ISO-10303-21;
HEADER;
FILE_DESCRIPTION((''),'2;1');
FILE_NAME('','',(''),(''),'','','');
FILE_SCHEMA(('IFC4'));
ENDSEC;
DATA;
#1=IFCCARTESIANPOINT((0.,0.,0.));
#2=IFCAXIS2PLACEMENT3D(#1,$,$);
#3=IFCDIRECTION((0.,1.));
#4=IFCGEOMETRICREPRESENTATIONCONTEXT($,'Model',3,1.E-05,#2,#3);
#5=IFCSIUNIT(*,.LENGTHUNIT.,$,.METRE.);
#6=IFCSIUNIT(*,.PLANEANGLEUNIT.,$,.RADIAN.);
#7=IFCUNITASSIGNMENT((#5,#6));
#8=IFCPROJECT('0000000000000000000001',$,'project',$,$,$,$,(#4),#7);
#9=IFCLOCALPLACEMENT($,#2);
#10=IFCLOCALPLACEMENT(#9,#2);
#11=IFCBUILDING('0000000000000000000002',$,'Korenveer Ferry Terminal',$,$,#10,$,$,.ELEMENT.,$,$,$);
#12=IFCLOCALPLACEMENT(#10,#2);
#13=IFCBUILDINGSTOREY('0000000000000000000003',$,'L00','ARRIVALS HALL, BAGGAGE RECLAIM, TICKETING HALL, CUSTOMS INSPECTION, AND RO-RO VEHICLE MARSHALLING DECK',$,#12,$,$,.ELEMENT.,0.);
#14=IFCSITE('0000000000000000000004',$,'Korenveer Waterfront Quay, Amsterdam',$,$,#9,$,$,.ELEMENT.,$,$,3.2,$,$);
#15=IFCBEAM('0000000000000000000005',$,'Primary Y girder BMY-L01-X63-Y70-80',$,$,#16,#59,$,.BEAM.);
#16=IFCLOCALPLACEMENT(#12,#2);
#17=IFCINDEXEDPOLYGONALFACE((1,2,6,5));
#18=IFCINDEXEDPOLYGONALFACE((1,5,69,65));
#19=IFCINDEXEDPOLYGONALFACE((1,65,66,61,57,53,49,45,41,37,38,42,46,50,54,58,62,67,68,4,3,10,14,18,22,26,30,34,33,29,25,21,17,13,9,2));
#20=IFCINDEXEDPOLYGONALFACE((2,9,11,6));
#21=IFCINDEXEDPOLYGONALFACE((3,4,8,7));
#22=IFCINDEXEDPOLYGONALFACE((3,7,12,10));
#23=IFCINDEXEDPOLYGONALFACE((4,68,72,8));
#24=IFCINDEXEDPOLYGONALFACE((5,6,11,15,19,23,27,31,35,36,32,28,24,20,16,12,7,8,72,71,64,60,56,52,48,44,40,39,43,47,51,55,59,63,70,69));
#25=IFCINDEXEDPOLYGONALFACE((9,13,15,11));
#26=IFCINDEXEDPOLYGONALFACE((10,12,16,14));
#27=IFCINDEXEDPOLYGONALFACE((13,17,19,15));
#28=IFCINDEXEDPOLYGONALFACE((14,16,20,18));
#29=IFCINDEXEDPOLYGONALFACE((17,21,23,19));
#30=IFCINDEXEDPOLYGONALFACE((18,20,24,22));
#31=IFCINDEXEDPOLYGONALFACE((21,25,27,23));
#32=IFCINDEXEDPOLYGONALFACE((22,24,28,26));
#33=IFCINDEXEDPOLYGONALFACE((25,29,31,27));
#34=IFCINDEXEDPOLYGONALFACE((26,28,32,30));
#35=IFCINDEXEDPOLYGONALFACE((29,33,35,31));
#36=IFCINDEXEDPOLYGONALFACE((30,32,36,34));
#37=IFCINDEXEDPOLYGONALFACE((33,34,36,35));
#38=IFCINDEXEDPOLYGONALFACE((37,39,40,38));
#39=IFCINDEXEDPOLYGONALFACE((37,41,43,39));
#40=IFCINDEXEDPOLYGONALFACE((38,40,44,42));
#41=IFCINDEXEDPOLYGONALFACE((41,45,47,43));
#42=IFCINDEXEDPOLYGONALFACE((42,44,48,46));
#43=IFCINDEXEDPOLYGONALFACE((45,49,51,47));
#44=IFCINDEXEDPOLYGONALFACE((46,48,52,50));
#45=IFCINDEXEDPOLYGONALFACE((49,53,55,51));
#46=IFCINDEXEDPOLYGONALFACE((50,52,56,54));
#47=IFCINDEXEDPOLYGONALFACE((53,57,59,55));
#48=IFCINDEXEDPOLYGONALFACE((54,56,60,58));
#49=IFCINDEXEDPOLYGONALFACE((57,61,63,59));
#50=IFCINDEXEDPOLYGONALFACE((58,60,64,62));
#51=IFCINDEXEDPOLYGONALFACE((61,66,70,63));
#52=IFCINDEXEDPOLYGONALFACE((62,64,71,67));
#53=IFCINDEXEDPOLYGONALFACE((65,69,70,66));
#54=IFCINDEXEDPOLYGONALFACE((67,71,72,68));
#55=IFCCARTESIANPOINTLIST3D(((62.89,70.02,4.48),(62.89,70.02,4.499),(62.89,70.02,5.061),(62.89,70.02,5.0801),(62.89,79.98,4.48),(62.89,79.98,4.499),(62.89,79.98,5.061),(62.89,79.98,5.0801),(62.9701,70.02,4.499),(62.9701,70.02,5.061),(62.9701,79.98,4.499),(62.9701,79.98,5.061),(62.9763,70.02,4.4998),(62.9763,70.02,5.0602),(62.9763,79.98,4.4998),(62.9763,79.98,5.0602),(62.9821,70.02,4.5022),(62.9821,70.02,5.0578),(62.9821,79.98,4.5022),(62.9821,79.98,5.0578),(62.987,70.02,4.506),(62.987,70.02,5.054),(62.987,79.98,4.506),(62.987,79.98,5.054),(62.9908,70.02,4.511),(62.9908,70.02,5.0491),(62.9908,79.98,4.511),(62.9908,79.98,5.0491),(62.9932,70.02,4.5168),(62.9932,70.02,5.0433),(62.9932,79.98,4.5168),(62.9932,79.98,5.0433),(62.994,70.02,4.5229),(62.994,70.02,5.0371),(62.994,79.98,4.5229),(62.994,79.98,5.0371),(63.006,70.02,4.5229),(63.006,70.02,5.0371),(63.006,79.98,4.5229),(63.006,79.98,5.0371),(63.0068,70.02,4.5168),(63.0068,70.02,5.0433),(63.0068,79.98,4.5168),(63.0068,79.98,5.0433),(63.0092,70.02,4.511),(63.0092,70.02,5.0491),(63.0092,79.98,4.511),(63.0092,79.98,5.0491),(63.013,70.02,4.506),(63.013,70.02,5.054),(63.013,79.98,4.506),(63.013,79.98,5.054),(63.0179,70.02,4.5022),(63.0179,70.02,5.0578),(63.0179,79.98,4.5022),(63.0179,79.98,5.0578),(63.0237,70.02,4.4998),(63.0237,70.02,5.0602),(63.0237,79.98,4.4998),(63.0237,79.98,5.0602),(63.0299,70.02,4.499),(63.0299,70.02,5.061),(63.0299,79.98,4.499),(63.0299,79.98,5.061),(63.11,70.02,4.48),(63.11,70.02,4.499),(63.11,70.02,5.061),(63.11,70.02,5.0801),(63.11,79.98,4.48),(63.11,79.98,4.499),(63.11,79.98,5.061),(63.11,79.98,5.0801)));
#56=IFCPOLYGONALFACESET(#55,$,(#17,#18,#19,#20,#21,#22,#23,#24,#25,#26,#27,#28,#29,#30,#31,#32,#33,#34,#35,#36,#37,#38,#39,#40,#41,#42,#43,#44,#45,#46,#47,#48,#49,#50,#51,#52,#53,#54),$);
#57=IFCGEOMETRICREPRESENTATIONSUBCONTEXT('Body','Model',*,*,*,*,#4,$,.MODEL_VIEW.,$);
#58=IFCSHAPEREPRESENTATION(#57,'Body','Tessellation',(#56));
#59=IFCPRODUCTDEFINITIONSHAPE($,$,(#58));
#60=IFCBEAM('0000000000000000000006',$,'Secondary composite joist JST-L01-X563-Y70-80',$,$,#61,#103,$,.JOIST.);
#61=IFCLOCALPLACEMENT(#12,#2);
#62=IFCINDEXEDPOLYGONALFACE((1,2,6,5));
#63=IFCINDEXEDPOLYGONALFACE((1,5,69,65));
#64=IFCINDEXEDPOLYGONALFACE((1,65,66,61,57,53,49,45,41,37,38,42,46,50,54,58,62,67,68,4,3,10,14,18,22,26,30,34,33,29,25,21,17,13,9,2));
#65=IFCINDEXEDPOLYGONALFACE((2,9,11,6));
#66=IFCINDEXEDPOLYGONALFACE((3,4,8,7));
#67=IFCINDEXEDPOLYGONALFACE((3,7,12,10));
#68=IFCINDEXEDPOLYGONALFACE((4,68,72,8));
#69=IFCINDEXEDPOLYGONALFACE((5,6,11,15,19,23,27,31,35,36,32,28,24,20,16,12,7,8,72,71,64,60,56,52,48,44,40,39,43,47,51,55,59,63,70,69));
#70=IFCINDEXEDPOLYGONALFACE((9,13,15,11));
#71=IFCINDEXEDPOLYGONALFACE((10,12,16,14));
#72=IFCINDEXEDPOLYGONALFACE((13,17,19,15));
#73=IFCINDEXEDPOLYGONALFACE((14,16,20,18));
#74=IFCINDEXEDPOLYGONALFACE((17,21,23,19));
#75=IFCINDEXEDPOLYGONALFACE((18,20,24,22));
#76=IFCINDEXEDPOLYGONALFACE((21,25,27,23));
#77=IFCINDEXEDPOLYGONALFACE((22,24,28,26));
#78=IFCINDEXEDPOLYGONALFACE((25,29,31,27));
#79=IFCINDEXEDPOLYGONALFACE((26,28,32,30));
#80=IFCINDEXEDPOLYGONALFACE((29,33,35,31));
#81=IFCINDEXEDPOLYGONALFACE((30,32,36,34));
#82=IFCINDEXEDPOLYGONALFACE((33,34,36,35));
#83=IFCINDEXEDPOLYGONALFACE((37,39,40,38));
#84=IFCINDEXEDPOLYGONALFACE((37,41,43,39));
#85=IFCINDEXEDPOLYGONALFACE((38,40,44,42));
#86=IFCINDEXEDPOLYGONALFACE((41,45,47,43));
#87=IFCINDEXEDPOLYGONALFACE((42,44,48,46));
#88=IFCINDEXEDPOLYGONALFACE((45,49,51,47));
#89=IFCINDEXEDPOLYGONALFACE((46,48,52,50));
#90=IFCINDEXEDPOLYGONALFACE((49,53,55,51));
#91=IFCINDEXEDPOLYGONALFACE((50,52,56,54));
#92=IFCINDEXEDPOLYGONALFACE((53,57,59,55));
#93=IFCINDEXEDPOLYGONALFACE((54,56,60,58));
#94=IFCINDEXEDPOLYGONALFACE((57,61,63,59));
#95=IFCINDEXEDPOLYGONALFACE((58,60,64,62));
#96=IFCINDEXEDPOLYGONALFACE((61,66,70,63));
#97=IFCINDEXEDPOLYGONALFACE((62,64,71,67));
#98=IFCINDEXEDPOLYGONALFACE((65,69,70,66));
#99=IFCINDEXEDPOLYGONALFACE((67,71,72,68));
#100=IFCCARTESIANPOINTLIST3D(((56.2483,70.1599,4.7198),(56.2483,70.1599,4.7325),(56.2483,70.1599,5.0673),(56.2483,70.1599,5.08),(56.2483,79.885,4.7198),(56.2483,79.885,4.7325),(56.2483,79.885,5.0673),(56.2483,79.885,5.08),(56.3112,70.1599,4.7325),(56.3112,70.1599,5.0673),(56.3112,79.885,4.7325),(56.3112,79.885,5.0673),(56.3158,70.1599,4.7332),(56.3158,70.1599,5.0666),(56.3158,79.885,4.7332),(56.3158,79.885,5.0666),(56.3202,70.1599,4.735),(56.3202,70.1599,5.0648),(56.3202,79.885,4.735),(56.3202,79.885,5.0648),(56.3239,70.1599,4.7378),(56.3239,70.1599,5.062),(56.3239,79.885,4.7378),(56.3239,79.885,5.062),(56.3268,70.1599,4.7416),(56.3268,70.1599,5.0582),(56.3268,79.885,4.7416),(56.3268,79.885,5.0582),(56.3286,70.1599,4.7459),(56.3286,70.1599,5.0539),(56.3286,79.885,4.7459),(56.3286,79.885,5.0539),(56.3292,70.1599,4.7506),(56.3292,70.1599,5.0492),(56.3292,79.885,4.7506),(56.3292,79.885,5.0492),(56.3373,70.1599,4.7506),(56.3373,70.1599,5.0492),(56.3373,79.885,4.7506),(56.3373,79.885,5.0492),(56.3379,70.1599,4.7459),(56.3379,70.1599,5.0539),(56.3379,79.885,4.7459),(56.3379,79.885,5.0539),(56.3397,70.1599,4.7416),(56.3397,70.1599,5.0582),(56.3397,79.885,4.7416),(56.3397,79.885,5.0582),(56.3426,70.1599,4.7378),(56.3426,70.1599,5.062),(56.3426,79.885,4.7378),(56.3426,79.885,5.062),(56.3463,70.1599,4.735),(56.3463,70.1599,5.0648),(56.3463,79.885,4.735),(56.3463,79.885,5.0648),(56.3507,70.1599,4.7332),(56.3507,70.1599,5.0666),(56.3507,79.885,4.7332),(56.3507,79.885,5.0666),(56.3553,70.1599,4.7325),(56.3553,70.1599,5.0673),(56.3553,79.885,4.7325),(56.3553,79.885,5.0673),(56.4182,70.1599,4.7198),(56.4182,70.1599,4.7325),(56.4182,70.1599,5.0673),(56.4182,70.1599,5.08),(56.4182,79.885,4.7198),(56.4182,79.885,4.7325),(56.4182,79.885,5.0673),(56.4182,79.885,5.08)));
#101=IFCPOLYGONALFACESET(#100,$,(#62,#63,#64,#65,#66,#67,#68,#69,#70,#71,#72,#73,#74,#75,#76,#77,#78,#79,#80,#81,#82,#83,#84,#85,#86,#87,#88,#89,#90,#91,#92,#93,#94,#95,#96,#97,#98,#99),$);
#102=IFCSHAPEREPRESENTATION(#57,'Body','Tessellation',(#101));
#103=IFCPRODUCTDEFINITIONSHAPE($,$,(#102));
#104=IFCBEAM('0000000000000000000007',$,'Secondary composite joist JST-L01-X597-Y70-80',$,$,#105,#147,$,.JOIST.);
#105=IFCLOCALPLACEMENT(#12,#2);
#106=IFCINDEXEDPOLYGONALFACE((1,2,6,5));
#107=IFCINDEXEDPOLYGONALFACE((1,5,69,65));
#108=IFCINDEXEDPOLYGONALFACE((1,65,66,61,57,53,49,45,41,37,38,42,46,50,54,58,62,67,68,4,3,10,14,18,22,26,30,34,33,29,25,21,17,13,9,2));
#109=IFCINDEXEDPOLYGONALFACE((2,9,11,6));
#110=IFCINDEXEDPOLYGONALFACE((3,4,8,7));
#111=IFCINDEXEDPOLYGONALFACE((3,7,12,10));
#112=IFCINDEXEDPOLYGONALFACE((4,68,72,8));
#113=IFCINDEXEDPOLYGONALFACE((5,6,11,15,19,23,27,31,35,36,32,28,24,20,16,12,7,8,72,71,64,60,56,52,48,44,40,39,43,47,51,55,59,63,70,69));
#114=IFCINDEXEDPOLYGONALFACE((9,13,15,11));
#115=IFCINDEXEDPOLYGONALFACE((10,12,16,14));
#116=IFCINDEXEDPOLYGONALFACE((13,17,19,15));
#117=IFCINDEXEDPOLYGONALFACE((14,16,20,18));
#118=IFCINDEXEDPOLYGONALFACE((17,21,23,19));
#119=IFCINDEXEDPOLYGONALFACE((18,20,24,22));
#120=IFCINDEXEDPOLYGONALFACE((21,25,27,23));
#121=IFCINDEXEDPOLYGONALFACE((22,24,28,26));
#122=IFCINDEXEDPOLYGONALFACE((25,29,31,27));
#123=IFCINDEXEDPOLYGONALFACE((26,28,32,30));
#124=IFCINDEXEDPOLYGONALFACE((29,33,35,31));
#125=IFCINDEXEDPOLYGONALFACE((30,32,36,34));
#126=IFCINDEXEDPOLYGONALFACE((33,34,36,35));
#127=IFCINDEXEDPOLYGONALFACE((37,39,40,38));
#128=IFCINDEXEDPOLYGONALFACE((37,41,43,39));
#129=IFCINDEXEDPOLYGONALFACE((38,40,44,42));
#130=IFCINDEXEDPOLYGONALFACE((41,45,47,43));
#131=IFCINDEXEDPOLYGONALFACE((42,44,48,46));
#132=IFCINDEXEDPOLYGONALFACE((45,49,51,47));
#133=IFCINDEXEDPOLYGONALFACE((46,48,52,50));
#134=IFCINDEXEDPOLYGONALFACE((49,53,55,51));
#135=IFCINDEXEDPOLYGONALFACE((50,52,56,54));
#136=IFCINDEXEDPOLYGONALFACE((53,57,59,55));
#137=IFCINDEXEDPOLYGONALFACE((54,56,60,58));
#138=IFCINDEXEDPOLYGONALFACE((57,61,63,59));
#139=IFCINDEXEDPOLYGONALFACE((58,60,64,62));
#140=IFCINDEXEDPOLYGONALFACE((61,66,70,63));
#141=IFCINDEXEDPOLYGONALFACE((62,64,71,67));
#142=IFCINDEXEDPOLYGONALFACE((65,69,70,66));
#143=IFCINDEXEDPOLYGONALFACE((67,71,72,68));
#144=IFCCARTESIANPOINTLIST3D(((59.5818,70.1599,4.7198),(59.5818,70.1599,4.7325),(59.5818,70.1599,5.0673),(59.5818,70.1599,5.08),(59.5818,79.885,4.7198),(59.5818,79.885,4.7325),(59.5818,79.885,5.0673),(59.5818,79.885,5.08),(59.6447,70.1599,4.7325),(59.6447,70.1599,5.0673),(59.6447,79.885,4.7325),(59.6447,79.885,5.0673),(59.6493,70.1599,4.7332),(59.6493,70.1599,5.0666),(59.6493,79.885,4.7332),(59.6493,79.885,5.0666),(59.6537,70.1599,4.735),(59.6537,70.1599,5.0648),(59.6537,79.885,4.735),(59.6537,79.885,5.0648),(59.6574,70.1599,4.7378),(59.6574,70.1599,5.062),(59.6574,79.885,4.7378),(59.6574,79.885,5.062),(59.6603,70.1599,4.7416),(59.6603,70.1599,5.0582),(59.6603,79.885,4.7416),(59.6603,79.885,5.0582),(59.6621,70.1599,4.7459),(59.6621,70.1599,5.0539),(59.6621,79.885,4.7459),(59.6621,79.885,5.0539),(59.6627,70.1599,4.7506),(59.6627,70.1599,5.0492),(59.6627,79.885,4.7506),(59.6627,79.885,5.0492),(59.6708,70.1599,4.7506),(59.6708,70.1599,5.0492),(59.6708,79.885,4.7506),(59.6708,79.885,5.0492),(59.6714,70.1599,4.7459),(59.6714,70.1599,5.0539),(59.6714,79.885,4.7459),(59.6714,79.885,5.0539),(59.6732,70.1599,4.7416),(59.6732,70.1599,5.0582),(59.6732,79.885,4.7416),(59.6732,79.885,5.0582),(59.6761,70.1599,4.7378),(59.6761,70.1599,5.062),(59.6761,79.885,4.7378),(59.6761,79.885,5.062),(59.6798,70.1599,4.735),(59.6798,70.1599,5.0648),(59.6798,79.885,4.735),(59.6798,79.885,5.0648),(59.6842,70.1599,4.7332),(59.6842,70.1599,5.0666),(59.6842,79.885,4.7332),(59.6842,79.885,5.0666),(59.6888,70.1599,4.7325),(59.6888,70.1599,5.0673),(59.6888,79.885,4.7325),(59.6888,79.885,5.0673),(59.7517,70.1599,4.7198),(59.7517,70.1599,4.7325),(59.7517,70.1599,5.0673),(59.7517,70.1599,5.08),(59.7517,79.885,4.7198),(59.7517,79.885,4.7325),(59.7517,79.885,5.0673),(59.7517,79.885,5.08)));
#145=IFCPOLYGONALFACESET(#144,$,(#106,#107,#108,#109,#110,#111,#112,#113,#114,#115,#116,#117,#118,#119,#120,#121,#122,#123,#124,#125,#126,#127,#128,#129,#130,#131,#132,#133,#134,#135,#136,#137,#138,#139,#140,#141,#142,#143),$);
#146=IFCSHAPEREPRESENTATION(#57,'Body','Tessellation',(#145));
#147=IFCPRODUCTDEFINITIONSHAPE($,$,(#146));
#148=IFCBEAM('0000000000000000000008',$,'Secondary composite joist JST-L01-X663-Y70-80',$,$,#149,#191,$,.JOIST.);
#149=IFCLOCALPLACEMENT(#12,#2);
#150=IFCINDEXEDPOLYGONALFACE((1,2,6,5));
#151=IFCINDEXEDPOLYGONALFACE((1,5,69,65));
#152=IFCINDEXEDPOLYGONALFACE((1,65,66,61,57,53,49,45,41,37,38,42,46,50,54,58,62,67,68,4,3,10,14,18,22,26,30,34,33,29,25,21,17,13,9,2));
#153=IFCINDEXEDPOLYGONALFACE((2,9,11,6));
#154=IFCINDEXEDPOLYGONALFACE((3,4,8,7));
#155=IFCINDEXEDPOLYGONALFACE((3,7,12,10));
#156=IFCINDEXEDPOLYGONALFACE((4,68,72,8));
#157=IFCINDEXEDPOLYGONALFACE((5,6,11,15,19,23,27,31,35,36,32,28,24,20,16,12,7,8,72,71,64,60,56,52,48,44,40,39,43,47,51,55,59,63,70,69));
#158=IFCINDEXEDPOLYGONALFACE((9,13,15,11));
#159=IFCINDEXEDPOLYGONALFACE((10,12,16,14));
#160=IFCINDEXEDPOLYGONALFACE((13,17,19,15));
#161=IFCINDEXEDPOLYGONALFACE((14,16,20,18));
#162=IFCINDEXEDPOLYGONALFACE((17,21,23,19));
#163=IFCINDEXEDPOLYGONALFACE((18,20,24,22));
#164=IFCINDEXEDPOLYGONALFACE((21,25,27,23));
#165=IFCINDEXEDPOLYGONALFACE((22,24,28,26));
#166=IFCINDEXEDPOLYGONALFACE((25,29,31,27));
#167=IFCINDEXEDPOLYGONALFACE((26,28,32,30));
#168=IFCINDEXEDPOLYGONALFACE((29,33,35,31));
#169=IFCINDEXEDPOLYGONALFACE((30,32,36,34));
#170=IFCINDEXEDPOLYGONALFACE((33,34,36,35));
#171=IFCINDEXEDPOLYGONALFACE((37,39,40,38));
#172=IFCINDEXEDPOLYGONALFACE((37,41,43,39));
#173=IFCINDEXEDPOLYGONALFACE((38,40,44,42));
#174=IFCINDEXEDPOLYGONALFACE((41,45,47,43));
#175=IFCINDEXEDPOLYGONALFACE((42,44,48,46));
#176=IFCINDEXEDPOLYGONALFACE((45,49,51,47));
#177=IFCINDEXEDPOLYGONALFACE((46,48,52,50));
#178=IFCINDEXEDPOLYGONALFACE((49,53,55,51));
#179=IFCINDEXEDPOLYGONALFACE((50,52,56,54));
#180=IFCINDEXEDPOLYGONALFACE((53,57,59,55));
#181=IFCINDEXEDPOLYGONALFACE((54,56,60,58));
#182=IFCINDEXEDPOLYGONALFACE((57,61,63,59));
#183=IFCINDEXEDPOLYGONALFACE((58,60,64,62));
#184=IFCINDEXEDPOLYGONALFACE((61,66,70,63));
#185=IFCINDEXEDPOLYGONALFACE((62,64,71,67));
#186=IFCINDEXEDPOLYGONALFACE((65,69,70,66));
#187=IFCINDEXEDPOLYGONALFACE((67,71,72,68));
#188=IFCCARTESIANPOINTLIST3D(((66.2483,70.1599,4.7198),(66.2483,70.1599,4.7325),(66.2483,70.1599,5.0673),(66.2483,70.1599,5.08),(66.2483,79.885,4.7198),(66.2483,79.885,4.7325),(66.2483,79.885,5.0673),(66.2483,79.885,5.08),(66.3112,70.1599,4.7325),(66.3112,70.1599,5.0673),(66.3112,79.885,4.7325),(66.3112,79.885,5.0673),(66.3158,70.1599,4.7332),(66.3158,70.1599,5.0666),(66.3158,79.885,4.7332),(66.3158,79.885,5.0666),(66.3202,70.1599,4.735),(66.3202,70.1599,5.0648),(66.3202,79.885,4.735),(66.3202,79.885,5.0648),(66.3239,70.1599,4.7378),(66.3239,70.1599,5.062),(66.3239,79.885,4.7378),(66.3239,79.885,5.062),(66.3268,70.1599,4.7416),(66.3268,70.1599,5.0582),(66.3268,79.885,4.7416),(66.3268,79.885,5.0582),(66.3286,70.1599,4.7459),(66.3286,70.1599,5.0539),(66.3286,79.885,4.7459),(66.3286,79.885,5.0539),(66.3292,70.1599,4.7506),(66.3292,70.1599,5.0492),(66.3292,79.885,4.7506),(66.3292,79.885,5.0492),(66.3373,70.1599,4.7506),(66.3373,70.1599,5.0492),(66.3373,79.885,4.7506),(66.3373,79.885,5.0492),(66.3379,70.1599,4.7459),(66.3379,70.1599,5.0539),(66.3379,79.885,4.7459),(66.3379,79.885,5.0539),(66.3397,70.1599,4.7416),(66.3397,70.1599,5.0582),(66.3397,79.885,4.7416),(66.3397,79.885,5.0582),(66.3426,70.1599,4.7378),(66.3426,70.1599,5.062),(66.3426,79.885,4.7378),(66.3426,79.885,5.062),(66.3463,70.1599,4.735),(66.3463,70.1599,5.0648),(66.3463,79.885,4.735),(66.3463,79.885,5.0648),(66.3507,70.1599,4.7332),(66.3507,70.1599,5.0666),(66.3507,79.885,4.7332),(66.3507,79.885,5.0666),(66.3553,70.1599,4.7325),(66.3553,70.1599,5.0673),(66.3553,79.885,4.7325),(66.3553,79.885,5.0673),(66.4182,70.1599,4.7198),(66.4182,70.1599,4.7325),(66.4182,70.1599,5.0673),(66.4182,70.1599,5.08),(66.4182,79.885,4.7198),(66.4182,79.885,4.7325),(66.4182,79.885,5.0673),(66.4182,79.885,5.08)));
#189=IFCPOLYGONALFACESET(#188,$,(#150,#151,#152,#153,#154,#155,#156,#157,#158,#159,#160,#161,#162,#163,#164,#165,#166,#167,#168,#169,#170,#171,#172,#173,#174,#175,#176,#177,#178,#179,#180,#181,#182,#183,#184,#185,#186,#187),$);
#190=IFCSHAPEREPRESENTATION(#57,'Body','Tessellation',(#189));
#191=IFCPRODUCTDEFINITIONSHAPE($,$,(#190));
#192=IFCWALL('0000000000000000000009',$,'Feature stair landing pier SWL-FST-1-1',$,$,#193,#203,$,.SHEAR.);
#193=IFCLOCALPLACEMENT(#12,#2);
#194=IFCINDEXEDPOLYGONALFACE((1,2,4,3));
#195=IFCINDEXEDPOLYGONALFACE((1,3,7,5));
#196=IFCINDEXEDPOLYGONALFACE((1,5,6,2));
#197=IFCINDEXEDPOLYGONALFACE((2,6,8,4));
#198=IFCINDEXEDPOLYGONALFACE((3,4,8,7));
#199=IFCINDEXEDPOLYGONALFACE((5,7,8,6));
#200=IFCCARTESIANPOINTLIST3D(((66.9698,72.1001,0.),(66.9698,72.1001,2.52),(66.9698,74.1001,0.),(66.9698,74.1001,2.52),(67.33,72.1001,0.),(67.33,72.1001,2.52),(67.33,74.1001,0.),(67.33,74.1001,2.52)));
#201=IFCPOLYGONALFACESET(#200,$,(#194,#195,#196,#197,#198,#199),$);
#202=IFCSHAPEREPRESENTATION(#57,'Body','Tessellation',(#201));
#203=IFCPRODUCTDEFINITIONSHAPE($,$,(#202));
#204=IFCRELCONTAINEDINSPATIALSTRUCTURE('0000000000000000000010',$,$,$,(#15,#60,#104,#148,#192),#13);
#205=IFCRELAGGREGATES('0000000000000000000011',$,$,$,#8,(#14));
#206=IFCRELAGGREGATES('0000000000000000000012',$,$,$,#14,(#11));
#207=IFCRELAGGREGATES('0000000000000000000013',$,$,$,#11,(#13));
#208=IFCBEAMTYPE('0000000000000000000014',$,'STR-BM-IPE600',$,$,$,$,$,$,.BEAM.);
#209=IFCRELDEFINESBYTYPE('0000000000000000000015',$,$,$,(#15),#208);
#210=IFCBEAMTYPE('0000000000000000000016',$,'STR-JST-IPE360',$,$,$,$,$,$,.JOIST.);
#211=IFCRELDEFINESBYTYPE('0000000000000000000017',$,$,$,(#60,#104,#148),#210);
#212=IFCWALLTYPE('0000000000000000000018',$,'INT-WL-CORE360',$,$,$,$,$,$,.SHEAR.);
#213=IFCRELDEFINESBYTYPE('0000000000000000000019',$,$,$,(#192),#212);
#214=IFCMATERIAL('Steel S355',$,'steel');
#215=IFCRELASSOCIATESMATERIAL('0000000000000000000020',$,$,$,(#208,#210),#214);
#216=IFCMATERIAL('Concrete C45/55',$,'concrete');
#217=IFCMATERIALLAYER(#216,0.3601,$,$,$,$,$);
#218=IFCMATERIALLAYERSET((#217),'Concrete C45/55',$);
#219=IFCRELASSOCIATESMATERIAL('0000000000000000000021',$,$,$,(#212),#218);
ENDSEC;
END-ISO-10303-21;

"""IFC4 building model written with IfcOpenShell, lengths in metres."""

from ifc_helpers import new_model, si_unit, direction, frame, frame_2d, origin, origin_2d, place, context, subcontext, project, spatial, rectangle, i_section, extrude, material, layer, layer_set, material_profile, profile_set, type_object, element, save


model = new_model("IFC4")

# Units and contexts
model_context = context("Model", 3, precision=1e-05, world=origin(), true_north=direction((0.0, 1.0)))
body_context = subcontext(model_context, "Body", "Model", "MODEL_VIEW")
ifc_project = project(units=[si_unit("LENGTHUNIT", "METRE"), si_unit("PLANEANGLEUNIT", "RADIAN")], contexts=[model_context])

# Site, building, storey
site_placement = place(None, origin())
site = spatial("IfcSite", under=ifc_project, at=site_placement, Name="Korenveer Waterfront Quay, Amsterdam", CompositionType="ELEMENT", RefElevation=3.2)
building_placement = place(site_placement, origin())
building = spatial("IfcBuilding", under=site, at=building_placement, Name="Korenveer Ferry Terminal", CompositionType="ELEMENT")
storey_placement = place(building_placement, origin())
storey = spatial("IfcBuildingStorey", under=building, at=storey_placement, Name="L00", Description="ARRIVALS HALL, BAGGAGE RECLAIM, TICKETING HALL, CUSTOMS INSPECTION, AND RO-RO VEHICLE MARSHALLING DECK", CompositionType="ELEMENT", Elevation=0.0)

# Shared definitions
ifc_material_1 = material(Name="Concrete C45/55", Category="concrete")

# Shared definitions
ifc_material_2 = material(Name="Steel S355", Category="steel")

# Beams
ifc_material_profile_1 = material_profile(ifc_material_2, i_section(OverallWidth=0.22, OverallDepth=0.6001, WebThickness=0.012, FlangeThickness=0.019, FilletRadius=0.0239, at=origin_2d()), Name="IPE 600")
ifc_profile_set_1 = profile_set([ifc_material_profile_1], Name="Steel S355")
beam_type_1 = type_object("IfcBeamType", Name="STR-BM-IPE600", PredefinedType="BEAM", material=ifc_profile_set_1)
beam_1_placement = place(storey_placement, frame((63.0, 70.02, 4.78), z_axis=(0.0, 1.0, 0.0), x_axis=(-1.0, 0.0, 0.0)))
element("IfcBeam", 1, at=beam_1_placement, inside=storey, type_object=beam_type_1, Name="Primary Y girder BMY-L01-X63-Y70-80", PredefinedType="BEAM", context=body_context, shape_type="SweptSolid", body=[
    extrude(i_section(OverallWidth=0.22, OverallDepth=0.6001, WebThickness=0.012, FlangeThickness=0.019, FilletRadius=0.0239, at=origin_2d()), origin(), (0.0, 0.0, 1.0), 9.96),
])
ifc_material_profile_2 = material_profile(ifc_material_2, i_section(OverallWidth=0.1699, OverallDepth=0.3601, WebThickness=0.0081, FlangeThickness=0.0127, FilletRadius=0.0181, at=origin_2d()), Name="IPE 360")
ifc_profile_set_2 = profile_set([ifc_material_profile_2], Name="Steel S355")
beam_type_2 = type_object("IfcBeamType", Name="STR-JST-IPE360", PredefinedType="JOIST", material=ifc_profile_set_2)
for number, where, z_axis, x_axis, name in (
    (2, (56.3333, 70.1599, 4.8999), (0.0, 1.0, 0.0), (-1.0, 0.0, 0.0), "Secondary composite joist JST-L01-X563-Y70-80"),
    (3, (59.6667, 70.1599, 4.8999), (0.0, 1.0, 0.0), (-1.0, 0.0, 0.0), "Secondary composite joist JST-L01-X597-Y70-80"),
    (4, (66.3333, 70.1599, 4.8999), (0.0, 1.0, 0.0), (-1.0, 0.0, 0.0), "Secondary composite joist JST-L01-X663-Y70-80"),
):
    element("IfcBeam", number, at=place(storey_placement, frame(where, z_axis=z_axis, x_axis=x_axis)), inside=storey, type_object=beam_type_2, Name=name, PredefinedType="JOIST", context=body_context, shape_type="SweptSolid", body=[
        extrude(i_section(OverallWidth=0.1699, OverallDepth=0.3601, WebThickness=0.0081, FlangeThickness=0.0127, FilletRadius=0.0181, at=origin_2d()), origin(), (0.0, 0.0, 1.0), 9.7251),
    ])

# Wall
ifc_layer = layer(ifc_material_1, 0.3601)
ifc_layer_set = layer_set([ifc_layer], Name="Concrete C45/55")
wall_type = type_object("IfcWallType", Name="INT-WL-CORE360", PredefinedType="SHEAR", material=ifc_layer_set)
wall_1_placement = place(storey_placement, frame((67.1499, 72.1001, 0.0), z_axis=(0.0, 0.0, 1.0), x_axis=(0.0, 1.0, 0.0)))
element("IfcWall", 5, at=wall_1_placement, inside=storey, type_object=wall_type, Name="Feature stair landing pier SWL-FST-1-1", PredefinedType="SHEAR", context=body_context, shape_type="SweptSolid", body=[
    extrude(rectangle(XDim=2.0, YDim=0.3601, at=frame_2d((1.0, 0.0))), origin(), (0.0, 0.0, 1.0), 2.52),
])

save(model, "model.ifc")
